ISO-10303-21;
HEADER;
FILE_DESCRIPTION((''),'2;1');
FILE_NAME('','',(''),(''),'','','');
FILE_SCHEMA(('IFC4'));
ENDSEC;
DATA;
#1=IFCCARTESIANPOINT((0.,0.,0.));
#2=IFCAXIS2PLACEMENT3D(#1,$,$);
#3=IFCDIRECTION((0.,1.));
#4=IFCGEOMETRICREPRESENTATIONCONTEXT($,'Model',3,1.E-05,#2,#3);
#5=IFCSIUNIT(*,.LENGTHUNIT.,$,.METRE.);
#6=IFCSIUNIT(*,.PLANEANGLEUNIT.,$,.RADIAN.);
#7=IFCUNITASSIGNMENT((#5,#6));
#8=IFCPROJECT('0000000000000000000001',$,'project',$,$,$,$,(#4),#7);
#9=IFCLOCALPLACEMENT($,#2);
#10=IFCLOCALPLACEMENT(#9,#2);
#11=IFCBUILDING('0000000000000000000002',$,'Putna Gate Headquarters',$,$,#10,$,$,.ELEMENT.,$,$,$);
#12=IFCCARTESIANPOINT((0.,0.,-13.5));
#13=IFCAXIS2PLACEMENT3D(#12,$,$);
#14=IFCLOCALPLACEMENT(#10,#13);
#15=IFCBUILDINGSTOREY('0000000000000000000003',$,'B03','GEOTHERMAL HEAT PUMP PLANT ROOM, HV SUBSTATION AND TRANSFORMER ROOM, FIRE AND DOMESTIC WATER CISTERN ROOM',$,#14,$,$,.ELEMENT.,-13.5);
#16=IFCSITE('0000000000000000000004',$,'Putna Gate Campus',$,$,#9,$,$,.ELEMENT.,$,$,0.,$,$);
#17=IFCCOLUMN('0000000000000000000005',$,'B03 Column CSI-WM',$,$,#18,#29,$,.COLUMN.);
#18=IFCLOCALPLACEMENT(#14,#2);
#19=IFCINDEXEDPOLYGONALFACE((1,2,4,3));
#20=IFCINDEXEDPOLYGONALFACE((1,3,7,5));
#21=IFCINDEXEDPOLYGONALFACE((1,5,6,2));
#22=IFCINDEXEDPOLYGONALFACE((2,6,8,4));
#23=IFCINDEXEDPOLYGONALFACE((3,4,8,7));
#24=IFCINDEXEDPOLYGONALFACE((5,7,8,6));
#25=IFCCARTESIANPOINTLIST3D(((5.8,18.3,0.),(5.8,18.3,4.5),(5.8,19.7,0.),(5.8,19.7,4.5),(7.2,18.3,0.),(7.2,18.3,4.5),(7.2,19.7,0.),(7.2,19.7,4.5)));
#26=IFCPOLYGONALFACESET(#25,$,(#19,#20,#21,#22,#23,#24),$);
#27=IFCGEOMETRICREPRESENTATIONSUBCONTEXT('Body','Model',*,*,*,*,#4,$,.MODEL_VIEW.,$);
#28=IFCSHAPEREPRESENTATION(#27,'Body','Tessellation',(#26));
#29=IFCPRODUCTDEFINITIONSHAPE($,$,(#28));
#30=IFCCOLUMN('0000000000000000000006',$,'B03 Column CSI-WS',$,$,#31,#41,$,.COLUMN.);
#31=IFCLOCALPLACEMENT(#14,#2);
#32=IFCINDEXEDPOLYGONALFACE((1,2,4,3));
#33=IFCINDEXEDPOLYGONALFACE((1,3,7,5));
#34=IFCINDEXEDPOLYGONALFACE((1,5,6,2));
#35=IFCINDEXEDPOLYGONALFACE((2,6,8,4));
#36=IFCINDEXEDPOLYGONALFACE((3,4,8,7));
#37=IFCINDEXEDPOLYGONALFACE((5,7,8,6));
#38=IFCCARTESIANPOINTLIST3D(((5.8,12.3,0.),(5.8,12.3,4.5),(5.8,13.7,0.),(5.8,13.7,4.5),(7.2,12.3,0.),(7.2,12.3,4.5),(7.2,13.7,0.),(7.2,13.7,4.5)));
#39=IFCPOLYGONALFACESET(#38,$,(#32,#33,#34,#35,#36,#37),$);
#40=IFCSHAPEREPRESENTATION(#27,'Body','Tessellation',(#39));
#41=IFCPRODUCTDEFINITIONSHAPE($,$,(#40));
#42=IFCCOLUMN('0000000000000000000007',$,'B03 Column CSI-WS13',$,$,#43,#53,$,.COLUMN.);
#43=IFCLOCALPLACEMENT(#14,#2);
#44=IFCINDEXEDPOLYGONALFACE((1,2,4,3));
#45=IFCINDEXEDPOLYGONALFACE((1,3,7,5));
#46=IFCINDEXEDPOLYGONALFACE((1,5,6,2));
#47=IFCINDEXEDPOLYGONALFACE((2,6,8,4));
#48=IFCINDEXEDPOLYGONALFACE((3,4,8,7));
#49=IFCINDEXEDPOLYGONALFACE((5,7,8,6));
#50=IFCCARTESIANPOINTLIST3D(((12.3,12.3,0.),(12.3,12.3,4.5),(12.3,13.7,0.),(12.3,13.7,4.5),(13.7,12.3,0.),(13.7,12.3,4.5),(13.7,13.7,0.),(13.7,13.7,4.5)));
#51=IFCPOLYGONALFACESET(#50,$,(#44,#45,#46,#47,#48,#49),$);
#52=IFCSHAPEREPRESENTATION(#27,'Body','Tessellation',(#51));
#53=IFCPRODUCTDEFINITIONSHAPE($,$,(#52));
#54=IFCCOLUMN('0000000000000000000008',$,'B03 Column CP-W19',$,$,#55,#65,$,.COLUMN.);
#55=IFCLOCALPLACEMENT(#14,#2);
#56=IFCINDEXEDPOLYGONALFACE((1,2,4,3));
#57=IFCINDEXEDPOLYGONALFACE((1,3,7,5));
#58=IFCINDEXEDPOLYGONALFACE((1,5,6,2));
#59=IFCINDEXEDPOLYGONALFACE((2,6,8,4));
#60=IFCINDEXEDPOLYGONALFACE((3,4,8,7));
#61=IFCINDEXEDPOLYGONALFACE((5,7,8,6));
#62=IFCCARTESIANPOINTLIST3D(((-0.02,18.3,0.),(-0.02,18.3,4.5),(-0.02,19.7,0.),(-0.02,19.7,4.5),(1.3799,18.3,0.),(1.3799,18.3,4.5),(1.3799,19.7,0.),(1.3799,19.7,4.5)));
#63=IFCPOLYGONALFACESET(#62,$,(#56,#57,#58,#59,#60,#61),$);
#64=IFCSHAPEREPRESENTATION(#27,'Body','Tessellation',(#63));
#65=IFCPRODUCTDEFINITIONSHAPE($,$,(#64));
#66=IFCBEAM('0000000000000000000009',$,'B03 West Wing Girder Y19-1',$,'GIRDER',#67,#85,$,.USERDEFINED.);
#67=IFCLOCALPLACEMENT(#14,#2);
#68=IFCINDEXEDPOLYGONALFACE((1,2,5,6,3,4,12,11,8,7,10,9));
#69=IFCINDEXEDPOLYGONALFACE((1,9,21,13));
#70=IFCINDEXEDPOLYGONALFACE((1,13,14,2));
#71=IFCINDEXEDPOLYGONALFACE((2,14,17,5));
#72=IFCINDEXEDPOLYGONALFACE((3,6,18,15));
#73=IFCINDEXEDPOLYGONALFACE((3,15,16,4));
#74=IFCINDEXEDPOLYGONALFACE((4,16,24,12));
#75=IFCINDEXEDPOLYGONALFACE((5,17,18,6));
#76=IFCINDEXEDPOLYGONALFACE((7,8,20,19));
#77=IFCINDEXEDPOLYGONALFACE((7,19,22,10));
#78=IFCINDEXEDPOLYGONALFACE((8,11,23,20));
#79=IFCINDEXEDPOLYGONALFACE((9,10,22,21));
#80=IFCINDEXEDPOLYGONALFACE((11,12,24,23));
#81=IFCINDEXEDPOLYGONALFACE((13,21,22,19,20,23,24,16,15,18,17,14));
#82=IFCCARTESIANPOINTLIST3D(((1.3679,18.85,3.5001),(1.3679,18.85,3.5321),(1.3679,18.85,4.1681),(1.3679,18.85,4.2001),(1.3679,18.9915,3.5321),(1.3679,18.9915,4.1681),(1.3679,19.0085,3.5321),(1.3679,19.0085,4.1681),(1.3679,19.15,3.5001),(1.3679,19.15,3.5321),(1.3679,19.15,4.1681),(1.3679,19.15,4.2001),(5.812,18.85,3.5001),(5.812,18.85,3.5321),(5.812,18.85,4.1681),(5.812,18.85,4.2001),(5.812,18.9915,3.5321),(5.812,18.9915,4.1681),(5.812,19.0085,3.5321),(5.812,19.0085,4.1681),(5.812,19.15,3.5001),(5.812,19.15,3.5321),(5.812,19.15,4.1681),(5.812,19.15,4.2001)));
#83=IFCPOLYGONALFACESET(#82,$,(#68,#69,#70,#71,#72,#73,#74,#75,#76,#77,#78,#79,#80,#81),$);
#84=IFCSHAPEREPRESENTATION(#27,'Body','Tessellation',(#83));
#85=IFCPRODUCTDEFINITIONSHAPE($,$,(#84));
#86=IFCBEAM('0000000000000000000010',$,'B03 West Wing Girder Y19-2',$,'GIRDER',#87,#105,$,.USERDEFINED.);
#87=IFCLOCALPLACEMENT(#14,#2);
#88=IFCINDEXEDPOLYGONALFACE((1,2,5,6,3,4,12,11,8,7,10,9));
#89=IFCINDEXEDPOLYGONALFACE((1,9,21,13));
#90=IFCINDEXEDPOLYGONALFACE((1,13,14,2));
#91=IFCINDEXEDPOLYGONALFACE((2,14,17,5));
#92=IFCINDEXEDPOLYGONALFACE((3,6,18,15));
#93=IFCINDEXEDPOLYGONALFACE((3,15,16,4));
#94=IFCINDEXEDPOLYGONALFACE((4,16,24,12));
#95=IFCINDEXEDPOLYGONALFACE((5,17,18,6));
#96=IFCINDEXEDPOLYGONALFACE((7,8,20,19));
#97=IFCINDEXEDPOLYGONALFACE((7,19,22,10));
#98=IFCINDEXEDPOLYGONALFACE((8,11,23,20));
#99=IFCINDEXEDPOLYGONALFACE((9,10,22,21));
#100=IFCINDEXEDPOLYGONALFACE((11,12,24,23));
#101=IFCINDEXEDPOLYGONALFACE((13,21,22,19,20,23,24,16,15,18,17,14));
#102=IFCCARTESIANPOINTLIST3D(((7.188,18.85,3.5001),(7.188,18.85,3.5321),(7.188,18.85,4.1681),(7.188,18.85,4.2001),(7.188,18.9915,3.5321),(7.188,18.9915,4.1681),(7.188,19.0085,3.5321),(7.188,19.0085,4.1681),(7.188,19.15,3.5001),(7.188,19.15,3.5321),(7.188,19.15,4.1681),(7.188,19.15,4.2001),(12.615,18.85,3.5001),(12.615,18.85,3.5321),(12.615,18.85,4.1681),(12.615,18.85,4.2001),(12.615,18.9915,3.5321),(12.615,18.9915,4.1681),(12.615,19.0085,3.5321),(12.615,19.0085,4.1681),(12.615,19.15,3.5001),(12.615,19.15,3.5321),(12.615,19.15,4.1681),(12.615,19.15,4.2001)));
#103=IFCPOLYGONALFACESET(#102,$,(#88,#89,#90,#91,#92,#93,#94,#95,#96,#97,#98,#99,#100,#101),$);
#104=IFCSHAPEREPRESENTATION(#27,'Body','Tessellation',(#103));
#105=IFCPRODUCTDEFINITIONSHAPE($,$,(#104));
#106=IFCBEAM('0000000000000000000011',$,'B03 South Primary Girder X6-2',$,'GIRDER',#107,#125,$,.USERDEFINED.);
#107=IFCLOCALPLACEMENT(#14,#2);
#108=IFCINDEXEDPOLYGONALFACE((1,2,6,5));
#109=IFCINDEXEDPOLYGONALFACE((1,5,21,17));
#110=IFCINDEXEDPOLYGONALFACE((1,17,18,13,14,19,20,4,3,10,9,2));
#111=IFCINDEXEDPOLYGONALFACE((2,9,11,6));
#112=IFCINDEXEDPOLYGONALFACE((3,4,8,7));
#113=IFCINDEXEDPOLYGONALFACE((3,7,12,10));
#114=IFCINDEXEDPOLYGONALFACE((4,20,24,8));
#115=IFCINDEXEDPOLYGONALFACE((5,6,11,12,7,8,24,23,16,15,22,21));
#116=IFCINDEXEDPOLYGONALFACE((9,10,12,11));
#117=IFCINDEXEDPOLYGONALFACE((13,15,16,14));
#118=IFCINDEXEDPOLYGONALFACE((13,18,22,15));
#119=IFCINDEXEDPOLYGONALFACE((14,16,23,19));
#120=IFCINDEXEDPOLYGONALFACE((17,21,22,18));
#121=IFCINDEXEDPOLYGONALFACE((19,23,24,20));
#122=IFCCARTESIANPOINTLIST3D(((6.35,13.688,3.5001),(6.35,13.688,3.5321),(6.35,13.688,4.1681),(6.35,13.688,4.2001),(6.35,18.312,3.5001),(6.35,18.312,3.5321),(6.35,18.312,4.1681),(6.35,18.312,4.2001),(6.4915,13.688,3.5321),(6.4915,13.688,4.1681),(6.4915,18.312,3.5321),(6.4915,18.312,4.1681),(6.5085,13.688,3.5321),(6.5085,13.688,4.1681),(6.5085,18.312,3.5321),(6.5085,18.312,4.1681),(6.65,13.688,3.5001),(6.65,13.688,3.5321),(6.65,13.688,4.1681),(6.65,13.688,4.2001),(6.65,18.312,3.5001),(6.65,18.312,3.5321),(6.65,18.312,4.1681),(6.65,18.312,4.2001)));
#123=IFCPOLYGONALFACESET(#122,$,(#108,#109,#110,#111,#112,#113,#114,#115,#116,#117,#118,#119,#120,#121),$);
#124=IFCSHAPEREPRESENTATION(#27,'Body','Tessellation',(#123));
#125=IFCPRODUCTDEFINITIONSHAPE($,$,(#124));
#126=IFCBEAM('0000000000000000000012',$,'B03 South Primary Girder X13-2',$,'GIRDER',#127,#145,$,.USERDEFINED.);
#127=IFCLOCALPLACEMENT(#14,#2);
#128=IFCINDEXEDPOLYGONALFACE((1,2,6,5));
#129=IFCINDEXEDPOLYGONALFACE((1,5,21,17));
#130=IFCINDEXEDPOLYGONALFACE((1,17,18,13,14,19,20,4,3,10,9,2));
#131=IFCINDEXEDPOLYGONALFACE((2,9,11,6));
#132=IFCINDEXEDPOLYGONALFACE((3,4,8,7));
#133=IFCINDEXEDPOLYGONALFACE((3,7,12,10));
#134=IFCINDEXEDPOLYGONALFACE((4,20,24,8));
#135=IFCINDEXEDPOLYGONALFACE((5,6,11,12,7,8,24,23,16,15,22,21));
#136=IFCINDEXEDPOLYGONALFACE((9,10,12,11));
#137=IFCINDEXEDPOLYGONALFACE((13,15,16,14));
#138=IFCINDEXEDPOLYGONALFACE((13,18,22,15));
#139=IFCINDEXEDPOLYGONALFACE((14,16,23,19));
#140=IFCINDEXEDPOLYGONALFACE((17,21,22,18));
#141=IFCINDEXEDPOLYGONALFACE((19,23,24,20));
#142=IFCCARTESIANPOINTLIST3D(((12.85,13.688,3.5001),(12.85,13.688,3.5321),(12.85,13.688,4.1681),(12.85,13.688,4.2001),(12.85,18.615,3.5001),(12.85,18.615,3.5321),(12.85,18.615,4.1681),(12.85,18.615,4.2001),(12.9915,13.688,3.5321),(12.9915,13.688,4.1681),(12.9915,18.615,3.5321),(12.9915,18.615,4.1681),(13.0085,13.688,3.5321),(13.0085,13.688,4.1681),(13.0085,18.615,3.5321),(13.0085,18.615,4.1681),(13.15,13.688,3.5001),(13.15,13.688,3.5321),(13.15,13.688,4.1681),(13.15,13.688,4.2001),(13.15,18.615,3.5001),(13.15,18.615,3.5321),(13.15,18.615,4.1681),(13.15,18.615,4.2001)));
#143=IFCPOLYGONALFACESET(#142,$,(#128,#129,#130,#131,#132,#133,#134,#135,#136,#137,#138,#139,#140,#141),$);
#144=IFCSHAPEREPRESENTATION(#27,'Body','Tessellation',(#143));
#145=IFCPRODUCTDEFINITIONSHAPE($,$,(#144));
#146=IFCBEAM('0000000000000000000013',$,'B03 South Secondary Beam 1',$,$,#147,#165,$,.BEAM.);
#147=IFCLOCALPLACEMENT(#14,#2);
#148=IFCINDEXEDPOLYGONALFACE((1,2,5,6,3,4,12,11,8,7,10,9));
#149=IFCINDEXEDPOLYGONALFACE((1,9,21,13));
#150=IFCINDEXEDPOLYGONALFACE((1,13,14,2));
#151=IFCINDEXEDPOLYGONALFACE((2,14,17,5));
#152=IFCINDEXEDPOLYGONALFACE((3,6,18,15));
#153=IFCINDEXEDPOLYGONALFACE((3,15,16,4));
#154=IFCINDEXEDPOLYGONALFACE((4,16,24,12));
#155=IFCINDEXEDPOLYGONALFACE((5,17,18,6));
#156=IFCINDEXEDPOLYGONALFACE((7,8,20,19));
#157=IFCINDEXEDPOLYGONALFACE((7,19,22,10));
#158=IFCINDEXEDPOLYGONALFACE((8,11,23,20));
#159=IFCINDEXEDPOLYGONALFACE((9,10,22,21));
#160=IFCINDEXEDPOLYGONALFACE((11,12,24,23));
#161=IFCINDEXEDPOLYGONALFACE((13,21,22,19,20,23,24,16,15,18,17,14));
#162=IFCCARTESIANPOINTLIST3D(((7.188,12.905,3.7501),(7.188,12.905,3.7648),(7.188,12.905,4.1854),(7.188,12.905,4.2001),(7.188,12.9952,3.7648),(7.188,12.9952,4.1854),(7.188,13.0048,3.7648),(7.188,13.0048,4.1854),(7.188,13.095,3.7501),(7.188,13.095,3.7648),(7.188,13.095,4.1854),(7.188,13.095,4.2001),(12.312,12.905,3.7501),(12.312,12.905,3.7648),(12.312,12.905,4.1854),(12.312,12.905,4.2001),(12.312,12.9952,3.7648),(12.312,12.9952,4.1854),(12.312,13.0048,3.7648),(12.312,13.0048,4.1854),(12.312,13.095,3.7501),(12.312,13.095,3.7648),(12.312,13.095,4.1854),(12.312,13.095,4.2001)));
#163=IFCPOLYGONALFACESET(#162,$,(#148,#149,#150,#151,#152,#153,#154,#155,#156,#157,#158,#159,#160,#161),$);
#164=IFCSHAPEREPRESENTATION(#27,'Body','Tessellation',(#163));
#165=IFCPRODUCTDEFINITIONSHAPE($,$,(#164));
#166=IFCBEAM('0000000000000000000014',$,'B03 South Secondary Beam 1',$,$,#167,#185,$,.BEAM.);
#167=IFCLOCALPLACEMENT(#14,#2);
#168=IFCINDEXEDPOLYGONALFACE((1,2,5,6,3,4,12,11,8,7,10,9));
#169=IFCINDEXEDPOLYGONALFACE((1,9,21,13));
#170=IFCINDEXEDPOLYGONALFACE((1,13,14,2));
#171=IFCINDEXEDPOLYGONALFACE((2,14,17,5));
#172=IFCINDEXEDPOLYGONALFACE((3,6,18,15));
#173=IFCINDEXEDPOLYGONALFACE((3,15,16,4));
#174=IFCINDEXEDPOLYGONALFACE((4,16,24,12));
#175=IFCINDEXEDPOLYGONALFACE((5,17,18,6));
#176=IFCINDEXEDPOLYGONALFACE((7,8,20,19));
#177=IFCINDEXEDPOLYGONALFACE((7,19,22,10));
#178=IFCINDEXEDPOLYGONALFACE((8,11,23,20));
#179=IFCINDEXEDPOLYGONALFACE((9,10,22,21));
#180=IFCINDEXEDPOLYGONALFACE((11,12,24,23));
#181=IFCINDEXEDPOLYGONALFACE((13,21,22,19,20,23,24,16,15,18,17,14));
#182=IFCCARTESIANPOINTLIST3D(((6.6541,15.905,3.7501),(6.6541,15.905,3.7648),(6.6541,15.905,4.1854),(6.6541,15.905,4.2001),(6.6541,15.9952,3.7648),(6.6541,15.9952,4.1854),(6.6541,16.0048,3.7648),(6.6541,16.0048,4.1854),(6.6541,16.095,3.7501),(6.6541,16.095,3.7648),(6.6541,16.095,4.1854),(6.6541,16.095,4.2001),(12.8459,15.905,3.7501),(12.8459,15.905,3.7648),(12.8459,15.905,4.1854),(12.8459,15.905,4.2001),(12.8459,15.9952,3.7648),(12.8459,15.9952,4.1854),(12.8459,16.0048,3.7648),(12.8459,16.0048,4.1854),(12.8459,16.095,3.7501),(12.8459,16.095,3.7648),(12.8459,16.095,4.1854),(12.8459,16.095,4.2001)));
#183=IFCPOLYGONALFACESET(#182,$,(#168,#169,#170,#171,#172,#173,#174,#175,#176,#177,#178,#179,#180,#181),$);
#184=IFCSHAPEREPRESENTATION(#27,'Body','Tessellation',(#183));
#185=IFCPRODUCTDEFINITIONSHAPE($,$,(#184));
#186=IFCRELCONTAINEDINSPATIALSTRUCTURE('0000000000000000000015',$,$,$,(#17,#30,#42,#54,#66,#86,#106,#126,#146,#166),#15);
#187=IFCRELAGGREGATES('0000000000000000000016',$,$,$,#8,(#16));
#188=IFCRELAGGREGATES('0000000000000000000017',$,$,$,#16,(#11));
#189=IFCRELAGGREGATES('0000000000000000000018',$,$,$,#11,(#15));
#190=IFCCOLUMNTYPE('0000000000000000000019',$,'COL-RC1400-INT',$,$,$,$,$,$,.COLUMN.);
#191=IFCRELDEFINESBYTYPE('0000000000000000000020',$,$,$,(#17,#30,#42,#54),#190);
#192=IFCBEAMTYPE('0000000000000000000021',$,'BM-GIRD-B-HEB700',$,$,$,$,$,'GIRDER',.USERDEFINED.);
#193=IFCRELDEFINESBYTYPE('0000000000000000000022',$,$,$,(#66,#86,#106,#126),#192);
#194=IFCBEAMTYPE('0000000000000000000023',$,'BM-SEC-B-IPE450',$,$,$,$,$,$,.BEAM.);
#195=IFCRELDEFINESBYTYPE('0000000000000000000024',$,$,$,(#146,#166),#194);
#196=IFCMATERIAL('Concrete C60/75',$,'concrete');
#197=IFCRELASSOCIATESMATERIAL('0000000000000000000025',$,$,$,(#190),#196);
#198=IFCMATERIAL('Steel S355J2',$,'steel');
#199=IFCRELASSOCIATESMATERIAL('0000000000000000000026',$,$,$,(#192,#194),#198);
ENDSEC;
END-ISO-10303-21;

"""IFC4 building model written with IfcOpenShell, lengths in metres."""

from ifc_helpers import new_model, si_unit, direction, frame, origin, origin_2d, place, context, subcontext, project, spatial, rectangle, i_section, extrude, material, material_profile, profile_set, type_object, element, save


model = new_model("IFC4")

# Units and contexts
model_context = context("Model", 3, precision=1e-05, world=origin(), true_north=direction((0.0, 1.0)))
body_context = subcontext(model_context, "Body", "Model", "MODEL_VIEW")
ifc_project = project(units=[si_unit("LENGTHUNIT", "METRE"), si_unit("PLANEANGLEUNIT", "RADIAN")], contexts=[model_context])

# Site, building, storey
site_placement = place(None, origin())
site = spatial("IfcSite", under=ifc_project, at=site_placement, Name="Putna Gate Campus", CompositionType="ELEMENT", RefElevation=0.0)
building_placement = place(site_placement, origin())
building = spatial("IfcBuilding", under=site, at=building_placement, Name="Putna Gate Headquarters", CompositionType="ELEMENT")
storey_placement = place(building_placement, frame((0.0, 0.0, -13.5)))
storey = spatial("IfcBuildingStorey", under=building, at=storey_placement, Name="B03", Description="GEOTHERMAL HEAT PUMP PLANT ROOM, HV SUBSTATION AND TRANSFORMER ROOM, FIRE AND DOMESTIC WATER CISTERN ROOM", CompositionType="ELEMENT", Elevation=-13.5)

# Columns
ifc_material_1 = material(Name="Concrete C60/75", Category="concrete")
ifc_material_profile_1 = material_profile(ifc_material_1, rectangle(XDim=1.3999, YDim=1.3999, at=origin_2d()), Name="Concrete C60/75")
ifc_profile_set_1 = profile_set([ifc_material_profile_1], Name="Concrete C60/75")
column_type = type_object("IfcColumnType", Name="COL-RC1400-INT", PredefinedType="COLUMN", material=ifc_profile_set_1)
for number, where, z_axis, x_axis, name in (
    (1, (6.5, 19.0, 0.0), (0.0, 0.0, 1.0), (1.0, 0.0, 0.0), "B03 Column CSI-WM"),
    (2, (6.5, 13.0, 0.0), (0.0, 0.0, 1.0), (1.0, 0.0, 0.0), "B03 Column CSI-WS"),
    (3, (13.0, 13.0, 0.0), (0.0, 0.0, 1.0), (1.0, 0.0, 0.0), "B03 Column CSI-WS13"),
    (4, (0.6799, 19.0, 0.0), (0.0, 0.0, 1.0), (1.0, 0.0, 0.0), "B03 Column CP-W19"),
):
    element("IfcColumn", number, at=place(storey_placement, frame(where, z_axis=z_axis, x_axis=x_axis)), inside=storey, type_object=column_type, Name=name, PredefinedType="COLUMN", context=body_context, shape_type="SweptSolid", body=[
        extrude(rectangle(XDim=1.3999, YDim=1.3999, at=origin_2d()), origin(), (0.0, 0.0, 1.0), 4.5),
    ])

# Beams
ifc_material_2 = material(Name="Steel S355J2", Category="steel")
ifc_material_profile_2 = material_profile(ifc_material_2, i_section(OverallWidth=0.3, OverallDepth=0.7, WebThickness=0.0171, FlangeThickness=0.032, at=origin_2d()), Name="Steel S355J2")
ifc_profile_set_2 = profile_set([ifc_material_profile_2], Name="Steel S355J2")
beam_type_1 = type_object("IfcBeamType", Name="BM-GIRD-B-HEB700", ElementType="GIRDER", PredefinedType="USERDEFINED", material=ifc_profile_set_2)
beam_1_placement = place(storey_placement, frame((1.3679, 19.0, 3.8501), z_axis=(1.0, 0.0, 0.0), x_axis=(0.0, 1.0, 0.0)))
element("IfcBeam", 5, at=beam_1_placement, inside=storey, type_object=beam_type_1, Name="B03 West Wing Girder Y19-1", ObjectType="GIRDER", PredefinedType="USERDEFINED", context=body_context, shape_type="SweptSolid", body=[
    extrude(i_section(OverallWidth=0.3, OverallDepth=0.7, WebThickness=0.0171, FlangeThickness=0.032, at=origin_2d()), origin(), (0.0, 0.0, 1.0), 4.4441),
])
beam_2_placement = place(storey_placement, frame((7.188, 19.0, 3.8501), z_axis=(1.0, 0.0, 0.0), x_axis=(0.0, 1.0, 0.0)))
element("IfcBeam", 6, at=beam_2_placement, inside=storey, type_object=beam_type_1, Name="B03 West Wing Girder Y19-2", ObjectType="GIRDER", PredefinedType="USERDEFINED", context=body_context, shape_type="SweptSolid", body=[
    extrude(i_section(OverallWidth=0.3, OverallDepth=0.7, WebThickness=0.0171, FlangeThickness=0.032, at=origin_2d()), origin(), (0.0, 0.0, 1.0), 5.427),
])
beam_3_placement = place(storey_placement, frame((6.5, 13.688, 3.8501), z_axis=(0.0, 1.0, 0.0), x_axis=(-1.0, 0.0, 0.0)))
element("IfcBeam", 7, at=beam_3_placement, inside=storey, type_object=beam_type_1, Name="B03 South Primary Girder X6-2", ObjectType="GIRDER", PredefinedType="USERDEFINED", context=body_context, shape_type="SweptSolid", body=[
    extrude(i_section(OverallWidth=0.3, OverallDepth=0.7, WebThickness=0.0171, FlangeThickness=0.032, at=origin_2d()), origin(), (0.0, 0.0, 1.0), 4.624),
])
beam_4_placement = place(storey_placement, frame((13.0, 13.688, 3.8501), z_axis=(0.0, 1.0, 0.0), x_axis=(-1.0, 0.0, 0.0)))
element("IfcBeam", 8, at=beam_4_placement, inside=storey, type_object=beam_type_1, Name="B03 South Primary Girder X13-2", ObjectType="GIRDER", PredefinedType="USERDEFINED", context=body_context, shape_type="SweptSolid", body=[
    extrude(i_section(OverallWidth=0.3, OverallDepth=0.7, WebThickness=0.0171, FlangeThickness=0.032, at=origin_2d()), origin(), (0.0, 0.0, 1.0), 4.927),
])
ifc_material_profile_3 = material_profile(ifc_material_2, i_section(OverallWidth=0.1899, OverallDepth=0.45, WebThickness=0.0095, FlangeThickness=0.0146, at=origin_2d()), Name="Steel S355J2")
ifc_profile_set_3 = profile_set([ifc_material_profile_3], Name="Steel S355J2")
beam_type_2 = type_object("IfcBeamType", Name="BM-SEC-B-IPE450", PredefinedType="BEAM", material=ifc_profile_set_3)
beam_5_placement = place(storey_placement, frame((7.188, 13.0, 3.9751), z_axis=(1.0, 0.0, 0.0), x_axis=(0.0, 1.0, 0.0)))
element("IfcBeam", 9, at=beam_5_placement, inside=storey, type_object=beam_type_2, Name="B03 South Secondary Beam 1", PredefinedType="BEAM", context=body_context, shape_type="SweptSolid", body=[
    extrude(i_section(OverallWidth=0.1899, OverallDepth=0.45, WebThickness=0.0095, FlangeThickness=0.0146, at=origin_2d()), origin(), (0.0, 0.0, 1.0), 5.124),
])
beam_6_placement = place(storey_placement, frame((6.6541, 16.0, 3.9751), z_axis=(1.0, 0.0, 0.0), x_axis=(0.0, 1.0, 0.0)))
element("IfcBeam", 10, at=beam_6_placement, inside=storey, type_object=beam_type_2, Name="B03 South Secondary Beam 1", PredefinedType="BEAM", context=body_context, shape_type="SweptSolid", body=[
    extrude(i_section(OverallWidth=0.1899, OverallDepth=0.45, WebThickness=0.0095, FlangeThickness=0.0146, at=origin_2d()), origin(), (0.0, 0.0, 1.0), 6.1919),
])

save(model, "model.ifc")
